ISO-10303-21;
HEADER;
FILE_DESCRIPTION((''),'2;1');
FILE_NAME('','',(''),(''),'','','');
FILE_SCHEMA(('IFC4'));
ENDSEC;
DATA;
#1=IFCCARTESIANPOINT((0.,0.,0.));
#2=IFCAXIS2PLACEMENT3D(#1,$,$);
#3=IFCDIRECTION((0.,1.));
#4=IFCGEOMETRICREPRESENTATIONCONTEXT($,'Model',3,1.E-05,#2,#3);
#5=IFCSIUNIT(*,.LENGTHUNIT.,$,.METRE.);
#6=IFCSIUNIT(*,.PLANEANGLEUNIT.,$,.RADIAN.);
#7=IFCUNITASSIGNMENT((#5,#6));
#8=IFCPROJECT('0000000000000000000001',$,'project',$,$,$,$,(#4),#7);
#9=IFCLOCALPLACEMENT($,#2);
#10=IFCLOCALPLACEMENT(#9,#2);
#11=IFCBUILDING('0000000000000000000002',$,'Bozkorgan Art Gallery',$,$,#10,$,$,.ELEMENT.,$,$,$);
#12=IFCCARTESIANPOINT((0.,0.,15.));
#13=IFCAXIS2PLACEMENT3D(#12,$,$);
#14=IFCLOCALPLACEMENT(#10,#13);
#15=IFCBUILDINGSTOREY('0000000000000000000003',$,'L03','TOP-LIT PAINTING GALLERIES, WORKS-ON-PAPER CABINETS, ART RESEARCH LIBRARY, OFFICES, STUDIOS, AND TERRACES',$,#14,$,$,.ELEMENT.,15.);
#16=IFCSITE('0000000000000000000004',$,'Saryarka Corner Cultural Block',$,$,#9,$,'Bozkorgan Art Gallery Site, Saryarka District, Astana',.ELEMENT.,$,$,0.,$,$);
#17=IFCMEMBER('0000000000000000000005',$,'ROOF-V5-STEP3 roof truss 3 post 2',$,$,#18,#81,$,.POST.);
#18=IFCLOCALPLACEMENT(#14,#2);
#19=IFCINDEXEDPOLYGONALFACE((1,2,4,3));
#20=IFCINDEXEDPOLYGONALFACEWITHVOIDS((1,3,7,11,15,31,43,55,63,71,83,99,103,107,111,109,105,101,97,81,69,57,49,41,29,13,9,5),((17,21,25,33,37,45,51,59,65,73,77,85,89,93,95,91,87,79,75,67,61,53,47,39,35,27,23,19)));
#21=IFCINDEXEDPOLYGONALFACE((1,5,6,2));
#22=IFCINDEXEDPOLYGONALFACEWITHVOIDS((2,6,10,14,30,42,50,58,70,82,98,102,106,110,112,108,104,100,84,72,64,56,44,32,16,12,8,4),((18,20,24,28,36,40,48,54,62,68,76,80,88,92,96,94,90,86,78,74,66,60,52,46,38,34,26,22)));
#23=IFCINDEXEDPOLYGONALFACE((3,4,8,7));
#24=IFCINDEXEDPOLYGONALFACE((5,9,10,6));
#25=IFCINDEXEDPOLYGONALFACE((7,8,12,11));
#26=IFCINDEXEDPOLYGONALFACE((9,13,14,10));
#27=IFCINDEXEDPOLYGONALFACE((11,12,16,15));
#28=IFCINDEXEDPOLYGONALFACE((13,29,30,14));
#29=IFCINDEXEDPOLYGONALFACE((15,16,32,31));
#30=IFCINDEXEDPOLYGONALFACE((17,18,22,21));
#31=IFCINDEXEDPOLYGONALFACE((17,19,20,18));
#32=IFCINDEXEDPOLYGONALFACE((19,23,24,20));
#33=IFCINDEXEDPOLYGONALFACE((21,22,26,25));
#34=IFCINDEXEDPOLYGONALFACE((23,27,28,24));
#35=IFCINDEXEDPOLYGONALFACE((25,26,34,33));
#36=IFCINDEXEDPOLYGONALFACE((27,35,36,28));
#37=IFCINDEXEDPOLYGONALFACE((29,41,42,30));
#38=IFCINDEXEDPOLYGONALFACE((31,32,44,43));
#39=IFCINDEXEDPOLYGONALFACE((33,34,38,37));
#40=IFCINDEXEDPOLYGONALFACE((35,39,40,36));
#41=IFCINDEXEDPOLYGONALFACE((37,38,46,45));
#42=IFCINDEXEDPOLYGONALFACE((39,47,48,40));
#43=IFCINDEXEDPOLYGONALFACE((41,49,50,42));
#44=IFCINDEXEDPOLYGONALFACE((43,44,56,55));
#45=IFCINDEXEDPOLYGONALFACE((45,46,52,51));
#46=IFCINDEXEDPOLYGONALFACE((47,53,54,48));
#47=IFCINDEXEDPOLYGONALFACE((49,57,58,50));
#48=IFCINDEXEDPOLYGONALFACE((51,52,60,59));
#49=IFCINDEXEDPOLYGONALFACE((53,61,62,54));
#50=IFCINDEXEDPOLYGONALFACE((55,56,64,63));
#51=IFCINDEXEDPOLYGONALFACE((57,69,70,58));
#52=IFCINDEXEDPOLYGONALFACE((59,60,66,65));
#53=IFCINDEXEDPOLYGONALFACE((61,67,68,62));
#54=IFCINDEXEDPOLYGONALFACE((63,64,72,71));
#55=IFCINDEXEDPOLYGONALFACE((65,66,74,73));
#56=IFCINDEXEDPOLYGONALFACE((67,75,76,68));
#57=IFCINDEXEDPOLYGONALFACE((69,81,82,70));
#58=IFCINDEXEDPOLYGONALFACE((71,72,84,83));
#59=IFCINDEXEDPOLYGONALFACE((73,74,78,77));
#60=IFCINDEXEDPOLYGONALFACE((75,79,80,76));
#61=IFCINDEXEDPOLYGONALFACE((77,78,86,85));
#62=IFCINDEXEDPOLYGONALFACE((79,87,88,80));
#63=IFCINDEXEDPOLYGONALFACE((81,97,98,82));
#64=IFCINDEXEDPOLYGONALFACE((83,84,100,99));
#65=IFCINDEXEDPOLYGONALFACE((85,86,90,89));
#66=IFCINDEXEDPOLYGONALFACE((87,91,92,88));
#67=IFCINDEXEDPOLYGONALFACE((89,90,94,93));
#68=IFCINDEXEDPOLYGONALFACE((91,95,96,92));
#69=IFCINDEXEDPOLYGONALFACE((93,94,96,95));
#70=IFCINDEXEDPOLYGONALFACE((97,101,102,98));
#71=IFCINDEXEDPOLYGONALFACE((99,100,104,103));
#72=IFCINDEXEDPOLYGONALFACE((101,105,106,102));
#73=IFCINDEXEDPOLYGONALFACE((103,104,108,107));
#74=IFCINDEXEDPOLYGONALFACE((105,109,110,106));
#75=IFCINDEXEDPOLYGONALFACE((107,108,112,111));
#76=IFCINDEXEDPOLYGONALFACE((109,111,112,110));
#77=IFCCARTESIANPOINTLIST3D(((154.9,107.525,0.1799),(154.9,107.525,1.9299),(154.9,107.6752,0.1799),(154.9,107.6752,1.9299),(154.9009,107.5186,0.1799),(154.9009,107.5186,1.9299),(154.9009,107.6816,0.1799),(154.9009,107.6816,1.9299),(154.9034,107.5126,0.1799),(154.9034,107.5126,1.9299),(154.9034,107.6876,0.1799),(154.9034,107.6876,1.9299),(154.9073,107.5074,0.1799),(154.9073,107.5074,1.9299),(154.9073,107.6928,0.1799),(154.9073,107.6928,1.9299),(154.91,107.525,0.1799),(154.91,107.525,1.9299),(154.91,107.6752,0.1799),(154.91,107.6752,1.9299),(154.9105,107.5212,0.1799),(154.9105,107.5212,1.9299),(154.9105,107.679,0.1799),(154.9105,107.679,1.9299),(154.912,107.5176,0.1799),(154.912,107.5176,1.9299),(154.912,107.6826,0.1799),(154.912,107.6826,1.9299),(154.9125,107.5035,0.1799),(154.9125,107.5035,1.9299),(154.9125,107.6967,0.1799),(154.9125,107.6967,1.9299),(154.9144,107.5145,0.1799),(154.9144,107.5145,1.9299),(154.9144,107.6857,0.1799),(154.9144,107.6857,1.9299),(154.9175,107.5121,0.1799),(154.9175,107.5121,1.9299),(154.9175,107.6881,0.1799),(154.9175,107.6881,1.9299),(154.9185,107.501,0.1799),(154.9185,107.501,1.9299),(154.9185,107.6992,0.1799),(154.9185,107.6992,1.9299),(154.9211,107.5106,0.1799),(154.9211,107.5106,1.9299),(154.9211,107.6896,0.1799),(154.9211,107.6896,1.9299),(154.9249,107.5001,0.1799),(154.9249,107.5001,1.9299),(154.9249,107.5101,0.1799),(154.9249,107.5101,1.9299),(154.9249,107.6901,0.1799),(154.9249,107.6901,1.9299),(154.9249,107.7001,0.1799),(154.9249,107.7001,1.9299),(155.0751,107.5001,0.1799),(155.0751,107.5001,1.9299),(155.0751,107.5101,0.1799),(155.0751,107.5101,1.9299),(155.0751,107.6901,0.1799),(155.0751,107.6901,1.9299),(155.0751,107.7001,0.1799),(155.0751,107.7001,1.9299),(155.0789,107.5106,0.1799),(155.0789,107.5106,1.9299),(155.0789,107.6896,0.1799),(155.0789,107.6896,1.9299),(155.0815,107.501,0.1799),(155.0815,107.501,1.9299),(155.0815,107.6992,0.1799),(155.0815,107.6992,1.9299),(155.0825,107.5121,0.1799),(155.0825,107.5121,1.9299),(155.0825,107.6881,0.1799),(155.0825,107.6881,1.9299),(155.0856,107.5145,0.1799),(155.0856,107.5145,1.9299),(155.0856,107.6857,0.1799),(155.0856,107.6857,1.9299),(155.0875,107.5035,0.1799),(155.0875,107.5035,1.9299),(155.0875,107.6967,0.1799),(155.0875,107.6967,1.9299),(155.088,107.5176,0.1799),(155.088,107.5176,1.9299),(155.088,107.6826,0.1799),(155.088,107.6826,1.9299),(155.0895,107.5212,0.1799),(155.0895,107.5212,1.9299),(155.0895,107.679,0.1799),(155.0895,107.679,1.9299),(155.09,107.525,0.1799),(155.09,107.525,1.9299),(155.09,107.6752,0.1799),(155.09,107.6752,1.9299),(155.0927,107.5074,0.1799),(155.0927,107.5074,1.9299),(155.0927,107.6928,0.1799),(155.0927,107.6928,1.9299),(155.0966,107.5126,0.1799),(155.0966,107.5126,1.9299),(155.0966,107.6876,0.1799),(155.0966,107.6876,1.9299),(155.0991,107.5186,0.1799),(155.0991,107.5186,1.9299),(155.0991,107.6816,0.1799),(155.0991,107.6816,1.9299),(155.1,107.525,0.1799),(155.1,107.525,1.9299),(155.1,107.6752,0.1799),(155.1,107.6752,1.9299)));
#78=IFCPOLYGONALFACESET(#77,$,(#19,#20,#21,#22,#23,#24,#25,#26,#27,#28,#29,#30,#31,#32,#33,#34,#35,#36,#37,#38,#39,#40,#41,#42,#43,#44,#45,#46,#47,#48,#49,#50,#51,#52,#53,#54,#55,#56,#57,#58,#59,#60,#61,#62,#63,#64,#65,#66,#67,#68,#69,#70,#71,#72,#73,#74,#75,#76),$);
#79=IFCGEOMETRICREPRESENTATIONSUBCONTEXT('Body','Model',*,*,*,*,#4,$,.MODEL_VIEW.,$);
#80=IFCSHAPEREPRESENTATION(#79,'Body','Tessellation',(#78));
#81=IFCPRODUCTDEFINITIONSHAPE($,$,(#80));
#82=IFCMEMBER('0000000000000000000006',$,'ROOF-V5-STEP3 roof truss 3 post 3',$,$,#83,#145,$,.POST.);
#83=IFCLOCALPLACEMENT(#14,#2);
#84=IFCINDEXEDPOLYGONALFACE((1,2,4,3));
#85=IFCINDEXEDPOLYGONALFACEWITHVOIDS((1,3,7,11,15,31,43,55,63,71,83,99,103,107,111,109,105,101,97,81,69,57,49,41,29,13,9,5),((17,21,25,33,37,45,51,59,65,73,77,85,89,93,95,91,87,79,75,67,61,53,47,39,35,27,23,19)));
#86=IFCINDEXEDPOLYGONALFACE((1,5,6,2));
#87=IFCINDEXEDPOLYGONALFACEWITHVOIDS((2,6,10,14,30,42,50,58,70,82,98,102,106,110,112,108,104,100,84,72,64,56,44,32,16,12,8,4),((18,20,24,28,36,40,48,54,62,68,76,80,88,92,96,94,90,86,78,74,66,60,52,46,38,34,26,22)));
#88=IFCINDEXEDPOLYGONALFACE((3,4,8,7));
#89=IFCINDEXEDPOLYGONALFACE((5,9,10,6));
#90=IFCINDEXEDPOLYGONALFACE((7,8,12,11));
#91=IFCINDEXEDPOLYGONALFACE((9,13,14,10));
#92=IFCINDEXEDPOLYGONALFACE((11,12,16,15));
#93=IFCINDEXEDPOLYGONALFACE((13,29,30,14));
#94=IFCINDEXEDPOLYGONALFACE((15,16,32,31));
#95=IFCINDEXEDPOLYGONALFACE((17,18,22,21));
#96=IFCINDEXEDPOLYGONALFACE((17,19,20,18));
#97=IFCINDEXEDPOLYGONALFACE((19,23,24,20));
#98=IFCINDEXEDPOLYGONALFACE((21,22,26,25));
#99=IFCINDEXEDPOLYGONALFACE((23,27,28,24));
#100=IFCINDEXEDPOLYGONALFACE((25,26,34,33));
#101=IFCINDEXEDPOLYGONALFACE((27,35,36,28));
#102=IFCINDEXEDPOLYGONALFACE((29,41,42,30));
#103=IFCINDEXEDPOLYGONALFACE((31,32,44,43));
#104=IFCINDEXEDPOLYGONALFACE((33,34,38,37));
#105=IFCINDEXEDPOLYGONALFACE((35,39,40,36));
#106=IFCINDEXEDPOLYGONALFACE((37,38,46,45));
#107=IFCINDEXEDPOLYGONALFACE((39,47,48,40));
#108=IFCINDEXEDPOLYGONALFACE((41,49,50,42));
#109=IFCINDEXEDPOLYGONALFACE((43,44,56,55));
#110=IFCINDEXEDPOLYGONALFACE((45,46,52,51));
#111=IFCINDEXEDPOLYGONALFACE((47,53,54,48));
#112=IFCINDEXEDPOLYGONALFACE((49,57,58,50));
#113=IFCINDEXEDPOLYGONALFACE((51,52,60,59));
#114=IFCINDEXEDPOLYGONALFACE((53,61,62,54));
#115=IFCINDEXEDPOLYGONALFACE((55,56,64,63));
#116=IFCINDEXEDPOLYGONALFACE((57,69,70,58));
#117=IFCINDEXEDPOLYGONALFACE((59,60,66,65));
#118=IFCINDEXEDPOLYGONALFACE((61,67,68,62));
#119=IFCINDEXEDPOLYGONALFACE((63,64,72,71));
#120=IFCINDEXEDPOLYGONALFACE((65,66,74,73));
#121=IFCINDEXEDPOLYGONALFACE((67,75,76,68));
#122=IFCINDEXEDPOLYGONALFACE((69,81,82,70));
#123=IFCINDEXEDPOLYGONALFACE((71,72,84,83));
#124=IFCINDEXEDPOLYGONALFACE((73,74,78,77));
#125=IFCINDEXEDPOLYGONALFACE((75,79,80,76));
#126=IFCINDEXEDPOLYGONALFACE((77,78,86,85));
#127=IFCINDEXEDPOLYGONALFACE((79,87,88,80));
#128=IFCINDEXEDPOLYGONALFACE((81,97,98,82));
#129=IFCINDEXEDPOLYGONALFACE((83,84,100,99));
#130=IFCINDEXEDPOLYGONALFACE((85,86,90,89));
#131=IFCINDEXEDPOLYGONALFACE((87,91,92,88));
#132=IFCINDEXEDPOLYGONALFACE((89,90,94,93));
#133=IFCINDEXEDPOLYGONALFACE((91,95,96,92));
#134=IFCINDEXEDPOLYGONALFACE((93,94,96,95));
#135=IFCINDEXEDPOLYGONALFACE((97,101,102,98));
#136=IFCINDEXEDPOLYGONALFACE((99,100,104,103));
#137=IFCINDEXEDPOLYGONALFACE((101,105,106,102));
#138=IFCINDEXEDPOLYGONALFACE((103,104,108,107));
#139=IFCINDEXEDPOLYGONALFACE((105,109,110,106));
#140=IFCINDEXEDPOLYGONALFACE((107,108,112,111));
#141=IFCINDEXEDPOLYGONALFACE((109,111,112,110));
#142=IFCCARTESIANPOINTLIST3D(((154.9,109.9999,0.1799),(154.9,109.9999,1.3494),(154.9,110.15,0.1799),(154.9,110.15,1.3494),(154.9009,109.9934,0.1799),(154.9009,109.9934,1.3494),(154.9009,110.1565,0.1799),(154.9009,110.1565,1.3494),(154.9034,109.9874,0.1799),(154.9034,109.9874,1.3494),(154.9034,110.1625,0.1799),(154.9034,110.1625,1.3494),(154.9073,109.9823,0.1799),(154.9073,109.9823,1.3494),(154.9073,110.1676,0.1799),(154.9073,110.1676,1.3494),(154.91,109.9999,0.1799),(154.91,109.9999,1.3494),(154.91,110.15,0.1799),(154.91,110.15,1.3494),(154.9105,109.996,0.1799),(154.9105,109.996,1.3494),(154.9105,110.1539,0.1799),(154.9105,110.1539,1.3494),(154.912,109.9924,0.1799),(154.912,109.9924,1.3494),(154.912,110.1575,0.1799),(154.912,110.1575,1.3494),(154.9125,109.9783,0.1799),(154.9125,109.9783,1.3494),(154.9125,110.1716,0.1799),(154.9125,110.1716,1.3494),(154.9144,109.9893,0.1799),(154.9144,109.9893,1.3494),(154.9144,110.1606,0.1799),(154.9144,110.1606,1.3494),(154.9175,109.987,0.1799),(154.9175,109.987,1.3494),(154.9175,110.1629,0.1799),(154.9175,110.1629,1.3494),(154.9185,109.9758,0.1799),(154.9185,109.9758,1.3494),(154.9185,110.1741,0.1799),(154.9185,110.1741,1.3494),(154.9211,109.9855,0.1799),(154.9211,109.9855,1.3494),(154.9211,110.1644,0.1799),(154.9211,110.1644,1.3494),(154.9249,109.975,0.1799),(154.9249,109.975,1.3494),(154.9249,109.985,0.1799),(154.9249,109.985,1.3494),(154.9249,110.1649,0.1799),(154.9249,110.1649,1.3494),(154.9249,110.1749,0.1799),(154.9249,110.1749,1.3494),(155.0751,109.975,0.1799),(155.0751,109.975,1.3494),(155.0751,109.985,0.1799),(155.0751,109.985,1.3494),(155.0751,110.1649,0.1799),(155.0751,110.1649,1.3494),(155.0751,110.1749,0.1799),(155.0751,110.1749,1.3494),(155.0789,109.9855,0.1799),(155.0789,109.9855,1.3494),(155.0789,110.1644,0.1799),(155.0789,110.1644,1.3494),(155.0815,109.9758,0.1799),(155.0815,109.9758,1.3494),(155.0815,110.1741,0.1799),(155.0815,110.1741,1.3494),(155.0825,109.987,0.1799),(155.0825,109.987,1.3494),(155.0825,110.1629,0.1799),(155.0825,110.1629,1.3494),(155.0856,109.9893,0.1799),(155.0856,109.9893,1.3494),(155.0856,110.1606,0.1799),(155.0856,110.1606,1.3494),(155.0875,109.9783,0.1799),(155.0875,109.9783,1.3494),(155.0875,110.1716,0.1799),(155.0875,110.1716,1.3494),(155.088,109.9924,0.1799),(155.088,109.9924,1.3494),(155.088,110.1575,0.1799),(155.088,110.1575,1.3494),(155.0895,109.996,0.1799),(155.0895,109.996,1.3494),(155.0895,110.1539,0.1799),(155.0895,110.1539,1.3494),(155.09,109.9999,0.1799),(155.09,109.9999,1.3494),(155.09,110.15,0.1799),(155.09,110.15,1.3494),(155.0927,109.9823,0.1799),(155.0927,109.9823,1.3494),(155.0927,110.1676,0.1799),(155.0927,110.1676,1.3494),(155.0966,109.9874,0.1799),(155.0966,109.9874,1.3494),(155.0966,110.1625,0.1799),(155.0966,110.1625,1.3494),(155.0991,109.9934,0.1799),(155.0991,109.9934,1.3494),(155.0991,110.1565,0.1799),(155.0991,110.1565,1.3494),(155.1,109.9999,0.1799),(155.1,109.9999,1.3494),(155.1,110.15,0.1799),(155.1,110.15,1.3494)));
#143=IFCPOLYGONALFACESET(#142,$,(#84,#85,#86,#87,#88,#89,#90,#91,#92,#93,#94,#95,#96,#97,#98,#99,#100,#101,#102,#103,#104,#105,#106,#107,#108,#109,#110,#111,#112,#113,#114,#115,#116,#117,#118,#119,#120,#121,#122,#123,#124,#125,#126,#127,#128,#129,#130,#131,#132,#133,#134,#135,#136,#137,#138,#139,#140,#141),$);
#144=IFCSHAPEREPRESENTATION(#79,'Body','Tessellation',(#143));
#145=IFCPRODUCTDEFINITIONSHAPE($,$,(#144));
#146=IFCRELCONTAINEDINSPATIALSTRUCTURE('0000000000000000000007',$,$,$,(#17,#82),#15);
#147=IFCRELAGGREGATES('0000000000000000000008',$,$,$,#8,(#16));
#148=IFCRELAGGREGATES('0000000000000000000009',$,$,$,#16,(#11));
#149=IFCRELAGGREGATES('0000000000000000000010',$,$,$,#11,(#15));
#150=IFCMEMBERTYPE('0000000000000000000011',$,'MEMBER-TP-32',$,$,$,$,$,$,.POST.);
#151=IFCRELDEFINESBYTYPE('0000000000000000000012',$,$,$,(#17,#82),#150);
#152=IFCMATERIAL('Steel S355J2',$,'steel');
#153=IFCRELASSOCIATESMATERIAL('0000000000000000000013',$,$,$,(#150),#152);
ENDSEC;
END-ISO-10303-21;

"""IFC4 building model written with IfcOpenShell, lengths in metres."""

from ifc_helpers import new_model, si_unit, direction, frame, origin, origin_2d, place, context, subcontext, project, spatial, hollow_rectangle, extrude, material, material_profile, profile_set, type_object, element, save


model = new_model("IFC4")

# Units and contexts
model_context = context("Model", 3, precision=1e-05, world=origin(), true_north=direction((0.0, 1.0)))
body_context = subcontext(model_context, "Body", "Model", "MODEL_VIEW")
ifc_project = project(units=[si_unit("LENGTHUNIT", "METRE"), si_unit("PLANEANGLEUNIT", "RADIAN")], contexts=[model_context])

# Site, building, storey
site_placement = place(None, origin())
site = spatial("IfcSite", under=ifc_project, at=site_placement, Name="Saryarka Corner Cultural Block", LongName="Bozkorgan Art Gallery Site, Saryarka District, Astana", CompositionType="ELEMENT", RefElevation=0.0)
building_placement = place(site_placement, origin())
building = spatial("IfcBuilding", under=site, at=building_placement, Name="Bozkorgan Art Gallery", CompositionType="ELEMENT")
storey_placement = place(building_placement, frame((0.0, 0.0, 15.0)))
storey = spatial("IfcBuildingStorey", under=building, at=storey_placement, Name="L03", Description="TOP-LIT PAINTING GALLERIES, WORKS-ON-PAPER CABINETS, ART RESEARCH LIBRARY, OFFICES, STUDIOS, AND TERRACES", CompositionType="ELEMENT", Elevation=15.0)

# Shared definitions
ifc_material_1 = material(Name="Steel S355J2", Category="steel")

# Members
ifc_material_profile_1 = material_profile(ifc_material_1, hollow_rectangle(XDim=0.2, YDim=0.2, WallThickness=0.01, InnerFilletRadius=0.0149, OuterFilletRadius=0.0249, at=origin_2d()), Name="SHS 200x200x10")
ifc_profile_set_1 = profile_set([ifc_material_profile_1], Name="Steel S355J2")
member_type_1 = type_object("IfcMemberType", Name="MEMBER-TP-32", PredefinedType="POST", material=ifc_profile_set_1)
member_1_placement = place(storey_placement, frame((155.0, 107.6001, 0.1799), z_axis=(0.0, 0.0, 1.0), x_axis=(1.0, 0.0, 0.0)))
element("IfcMember", 1, at=member_1_placement, inside=storey, type_object=member_type_1, Name="ROOF-V5-STEP3 roof truss 3 post 2", PredefinedType="POST", context=body_context, shape_type="SweptSolid", body=[
    extrude(hollow_rectangle(XDim=0.2, YDim=0.2, WallThickness=0.01, InnerFilletRadius=0.0149, OuterFilletRadius=0.0249, at=origin_2d()), origin(), (0.0, 0.0, 1.0), 1.75),
])
member_2_placement = place(storey_placement, frame((155.0, 110.075, 0.1799), z_axis=(0.0, 0.0, 1.0), x_axis=(1.0, 0.0, 0.0)))
element("IfcMember", 2, at=member_2_placement, inside=storey, type_object=member_type_1, Name="ROOF-V5-STEP3 roof truss 3 post 3", PredefinedType="POST", context=body_context, shape_type="SweptSolid", body=[
    extrude(hollow_rectangle(XDim=0.2, YDim=0.2, WallThickness=0.01, InnerFilletRadius=0.0149, OuterFilletRadius=0.0249, at=origin_2d()), origin(), (0.0, 0.0, 1.0), 1.1694),
])

save(model, "model.ifc")
